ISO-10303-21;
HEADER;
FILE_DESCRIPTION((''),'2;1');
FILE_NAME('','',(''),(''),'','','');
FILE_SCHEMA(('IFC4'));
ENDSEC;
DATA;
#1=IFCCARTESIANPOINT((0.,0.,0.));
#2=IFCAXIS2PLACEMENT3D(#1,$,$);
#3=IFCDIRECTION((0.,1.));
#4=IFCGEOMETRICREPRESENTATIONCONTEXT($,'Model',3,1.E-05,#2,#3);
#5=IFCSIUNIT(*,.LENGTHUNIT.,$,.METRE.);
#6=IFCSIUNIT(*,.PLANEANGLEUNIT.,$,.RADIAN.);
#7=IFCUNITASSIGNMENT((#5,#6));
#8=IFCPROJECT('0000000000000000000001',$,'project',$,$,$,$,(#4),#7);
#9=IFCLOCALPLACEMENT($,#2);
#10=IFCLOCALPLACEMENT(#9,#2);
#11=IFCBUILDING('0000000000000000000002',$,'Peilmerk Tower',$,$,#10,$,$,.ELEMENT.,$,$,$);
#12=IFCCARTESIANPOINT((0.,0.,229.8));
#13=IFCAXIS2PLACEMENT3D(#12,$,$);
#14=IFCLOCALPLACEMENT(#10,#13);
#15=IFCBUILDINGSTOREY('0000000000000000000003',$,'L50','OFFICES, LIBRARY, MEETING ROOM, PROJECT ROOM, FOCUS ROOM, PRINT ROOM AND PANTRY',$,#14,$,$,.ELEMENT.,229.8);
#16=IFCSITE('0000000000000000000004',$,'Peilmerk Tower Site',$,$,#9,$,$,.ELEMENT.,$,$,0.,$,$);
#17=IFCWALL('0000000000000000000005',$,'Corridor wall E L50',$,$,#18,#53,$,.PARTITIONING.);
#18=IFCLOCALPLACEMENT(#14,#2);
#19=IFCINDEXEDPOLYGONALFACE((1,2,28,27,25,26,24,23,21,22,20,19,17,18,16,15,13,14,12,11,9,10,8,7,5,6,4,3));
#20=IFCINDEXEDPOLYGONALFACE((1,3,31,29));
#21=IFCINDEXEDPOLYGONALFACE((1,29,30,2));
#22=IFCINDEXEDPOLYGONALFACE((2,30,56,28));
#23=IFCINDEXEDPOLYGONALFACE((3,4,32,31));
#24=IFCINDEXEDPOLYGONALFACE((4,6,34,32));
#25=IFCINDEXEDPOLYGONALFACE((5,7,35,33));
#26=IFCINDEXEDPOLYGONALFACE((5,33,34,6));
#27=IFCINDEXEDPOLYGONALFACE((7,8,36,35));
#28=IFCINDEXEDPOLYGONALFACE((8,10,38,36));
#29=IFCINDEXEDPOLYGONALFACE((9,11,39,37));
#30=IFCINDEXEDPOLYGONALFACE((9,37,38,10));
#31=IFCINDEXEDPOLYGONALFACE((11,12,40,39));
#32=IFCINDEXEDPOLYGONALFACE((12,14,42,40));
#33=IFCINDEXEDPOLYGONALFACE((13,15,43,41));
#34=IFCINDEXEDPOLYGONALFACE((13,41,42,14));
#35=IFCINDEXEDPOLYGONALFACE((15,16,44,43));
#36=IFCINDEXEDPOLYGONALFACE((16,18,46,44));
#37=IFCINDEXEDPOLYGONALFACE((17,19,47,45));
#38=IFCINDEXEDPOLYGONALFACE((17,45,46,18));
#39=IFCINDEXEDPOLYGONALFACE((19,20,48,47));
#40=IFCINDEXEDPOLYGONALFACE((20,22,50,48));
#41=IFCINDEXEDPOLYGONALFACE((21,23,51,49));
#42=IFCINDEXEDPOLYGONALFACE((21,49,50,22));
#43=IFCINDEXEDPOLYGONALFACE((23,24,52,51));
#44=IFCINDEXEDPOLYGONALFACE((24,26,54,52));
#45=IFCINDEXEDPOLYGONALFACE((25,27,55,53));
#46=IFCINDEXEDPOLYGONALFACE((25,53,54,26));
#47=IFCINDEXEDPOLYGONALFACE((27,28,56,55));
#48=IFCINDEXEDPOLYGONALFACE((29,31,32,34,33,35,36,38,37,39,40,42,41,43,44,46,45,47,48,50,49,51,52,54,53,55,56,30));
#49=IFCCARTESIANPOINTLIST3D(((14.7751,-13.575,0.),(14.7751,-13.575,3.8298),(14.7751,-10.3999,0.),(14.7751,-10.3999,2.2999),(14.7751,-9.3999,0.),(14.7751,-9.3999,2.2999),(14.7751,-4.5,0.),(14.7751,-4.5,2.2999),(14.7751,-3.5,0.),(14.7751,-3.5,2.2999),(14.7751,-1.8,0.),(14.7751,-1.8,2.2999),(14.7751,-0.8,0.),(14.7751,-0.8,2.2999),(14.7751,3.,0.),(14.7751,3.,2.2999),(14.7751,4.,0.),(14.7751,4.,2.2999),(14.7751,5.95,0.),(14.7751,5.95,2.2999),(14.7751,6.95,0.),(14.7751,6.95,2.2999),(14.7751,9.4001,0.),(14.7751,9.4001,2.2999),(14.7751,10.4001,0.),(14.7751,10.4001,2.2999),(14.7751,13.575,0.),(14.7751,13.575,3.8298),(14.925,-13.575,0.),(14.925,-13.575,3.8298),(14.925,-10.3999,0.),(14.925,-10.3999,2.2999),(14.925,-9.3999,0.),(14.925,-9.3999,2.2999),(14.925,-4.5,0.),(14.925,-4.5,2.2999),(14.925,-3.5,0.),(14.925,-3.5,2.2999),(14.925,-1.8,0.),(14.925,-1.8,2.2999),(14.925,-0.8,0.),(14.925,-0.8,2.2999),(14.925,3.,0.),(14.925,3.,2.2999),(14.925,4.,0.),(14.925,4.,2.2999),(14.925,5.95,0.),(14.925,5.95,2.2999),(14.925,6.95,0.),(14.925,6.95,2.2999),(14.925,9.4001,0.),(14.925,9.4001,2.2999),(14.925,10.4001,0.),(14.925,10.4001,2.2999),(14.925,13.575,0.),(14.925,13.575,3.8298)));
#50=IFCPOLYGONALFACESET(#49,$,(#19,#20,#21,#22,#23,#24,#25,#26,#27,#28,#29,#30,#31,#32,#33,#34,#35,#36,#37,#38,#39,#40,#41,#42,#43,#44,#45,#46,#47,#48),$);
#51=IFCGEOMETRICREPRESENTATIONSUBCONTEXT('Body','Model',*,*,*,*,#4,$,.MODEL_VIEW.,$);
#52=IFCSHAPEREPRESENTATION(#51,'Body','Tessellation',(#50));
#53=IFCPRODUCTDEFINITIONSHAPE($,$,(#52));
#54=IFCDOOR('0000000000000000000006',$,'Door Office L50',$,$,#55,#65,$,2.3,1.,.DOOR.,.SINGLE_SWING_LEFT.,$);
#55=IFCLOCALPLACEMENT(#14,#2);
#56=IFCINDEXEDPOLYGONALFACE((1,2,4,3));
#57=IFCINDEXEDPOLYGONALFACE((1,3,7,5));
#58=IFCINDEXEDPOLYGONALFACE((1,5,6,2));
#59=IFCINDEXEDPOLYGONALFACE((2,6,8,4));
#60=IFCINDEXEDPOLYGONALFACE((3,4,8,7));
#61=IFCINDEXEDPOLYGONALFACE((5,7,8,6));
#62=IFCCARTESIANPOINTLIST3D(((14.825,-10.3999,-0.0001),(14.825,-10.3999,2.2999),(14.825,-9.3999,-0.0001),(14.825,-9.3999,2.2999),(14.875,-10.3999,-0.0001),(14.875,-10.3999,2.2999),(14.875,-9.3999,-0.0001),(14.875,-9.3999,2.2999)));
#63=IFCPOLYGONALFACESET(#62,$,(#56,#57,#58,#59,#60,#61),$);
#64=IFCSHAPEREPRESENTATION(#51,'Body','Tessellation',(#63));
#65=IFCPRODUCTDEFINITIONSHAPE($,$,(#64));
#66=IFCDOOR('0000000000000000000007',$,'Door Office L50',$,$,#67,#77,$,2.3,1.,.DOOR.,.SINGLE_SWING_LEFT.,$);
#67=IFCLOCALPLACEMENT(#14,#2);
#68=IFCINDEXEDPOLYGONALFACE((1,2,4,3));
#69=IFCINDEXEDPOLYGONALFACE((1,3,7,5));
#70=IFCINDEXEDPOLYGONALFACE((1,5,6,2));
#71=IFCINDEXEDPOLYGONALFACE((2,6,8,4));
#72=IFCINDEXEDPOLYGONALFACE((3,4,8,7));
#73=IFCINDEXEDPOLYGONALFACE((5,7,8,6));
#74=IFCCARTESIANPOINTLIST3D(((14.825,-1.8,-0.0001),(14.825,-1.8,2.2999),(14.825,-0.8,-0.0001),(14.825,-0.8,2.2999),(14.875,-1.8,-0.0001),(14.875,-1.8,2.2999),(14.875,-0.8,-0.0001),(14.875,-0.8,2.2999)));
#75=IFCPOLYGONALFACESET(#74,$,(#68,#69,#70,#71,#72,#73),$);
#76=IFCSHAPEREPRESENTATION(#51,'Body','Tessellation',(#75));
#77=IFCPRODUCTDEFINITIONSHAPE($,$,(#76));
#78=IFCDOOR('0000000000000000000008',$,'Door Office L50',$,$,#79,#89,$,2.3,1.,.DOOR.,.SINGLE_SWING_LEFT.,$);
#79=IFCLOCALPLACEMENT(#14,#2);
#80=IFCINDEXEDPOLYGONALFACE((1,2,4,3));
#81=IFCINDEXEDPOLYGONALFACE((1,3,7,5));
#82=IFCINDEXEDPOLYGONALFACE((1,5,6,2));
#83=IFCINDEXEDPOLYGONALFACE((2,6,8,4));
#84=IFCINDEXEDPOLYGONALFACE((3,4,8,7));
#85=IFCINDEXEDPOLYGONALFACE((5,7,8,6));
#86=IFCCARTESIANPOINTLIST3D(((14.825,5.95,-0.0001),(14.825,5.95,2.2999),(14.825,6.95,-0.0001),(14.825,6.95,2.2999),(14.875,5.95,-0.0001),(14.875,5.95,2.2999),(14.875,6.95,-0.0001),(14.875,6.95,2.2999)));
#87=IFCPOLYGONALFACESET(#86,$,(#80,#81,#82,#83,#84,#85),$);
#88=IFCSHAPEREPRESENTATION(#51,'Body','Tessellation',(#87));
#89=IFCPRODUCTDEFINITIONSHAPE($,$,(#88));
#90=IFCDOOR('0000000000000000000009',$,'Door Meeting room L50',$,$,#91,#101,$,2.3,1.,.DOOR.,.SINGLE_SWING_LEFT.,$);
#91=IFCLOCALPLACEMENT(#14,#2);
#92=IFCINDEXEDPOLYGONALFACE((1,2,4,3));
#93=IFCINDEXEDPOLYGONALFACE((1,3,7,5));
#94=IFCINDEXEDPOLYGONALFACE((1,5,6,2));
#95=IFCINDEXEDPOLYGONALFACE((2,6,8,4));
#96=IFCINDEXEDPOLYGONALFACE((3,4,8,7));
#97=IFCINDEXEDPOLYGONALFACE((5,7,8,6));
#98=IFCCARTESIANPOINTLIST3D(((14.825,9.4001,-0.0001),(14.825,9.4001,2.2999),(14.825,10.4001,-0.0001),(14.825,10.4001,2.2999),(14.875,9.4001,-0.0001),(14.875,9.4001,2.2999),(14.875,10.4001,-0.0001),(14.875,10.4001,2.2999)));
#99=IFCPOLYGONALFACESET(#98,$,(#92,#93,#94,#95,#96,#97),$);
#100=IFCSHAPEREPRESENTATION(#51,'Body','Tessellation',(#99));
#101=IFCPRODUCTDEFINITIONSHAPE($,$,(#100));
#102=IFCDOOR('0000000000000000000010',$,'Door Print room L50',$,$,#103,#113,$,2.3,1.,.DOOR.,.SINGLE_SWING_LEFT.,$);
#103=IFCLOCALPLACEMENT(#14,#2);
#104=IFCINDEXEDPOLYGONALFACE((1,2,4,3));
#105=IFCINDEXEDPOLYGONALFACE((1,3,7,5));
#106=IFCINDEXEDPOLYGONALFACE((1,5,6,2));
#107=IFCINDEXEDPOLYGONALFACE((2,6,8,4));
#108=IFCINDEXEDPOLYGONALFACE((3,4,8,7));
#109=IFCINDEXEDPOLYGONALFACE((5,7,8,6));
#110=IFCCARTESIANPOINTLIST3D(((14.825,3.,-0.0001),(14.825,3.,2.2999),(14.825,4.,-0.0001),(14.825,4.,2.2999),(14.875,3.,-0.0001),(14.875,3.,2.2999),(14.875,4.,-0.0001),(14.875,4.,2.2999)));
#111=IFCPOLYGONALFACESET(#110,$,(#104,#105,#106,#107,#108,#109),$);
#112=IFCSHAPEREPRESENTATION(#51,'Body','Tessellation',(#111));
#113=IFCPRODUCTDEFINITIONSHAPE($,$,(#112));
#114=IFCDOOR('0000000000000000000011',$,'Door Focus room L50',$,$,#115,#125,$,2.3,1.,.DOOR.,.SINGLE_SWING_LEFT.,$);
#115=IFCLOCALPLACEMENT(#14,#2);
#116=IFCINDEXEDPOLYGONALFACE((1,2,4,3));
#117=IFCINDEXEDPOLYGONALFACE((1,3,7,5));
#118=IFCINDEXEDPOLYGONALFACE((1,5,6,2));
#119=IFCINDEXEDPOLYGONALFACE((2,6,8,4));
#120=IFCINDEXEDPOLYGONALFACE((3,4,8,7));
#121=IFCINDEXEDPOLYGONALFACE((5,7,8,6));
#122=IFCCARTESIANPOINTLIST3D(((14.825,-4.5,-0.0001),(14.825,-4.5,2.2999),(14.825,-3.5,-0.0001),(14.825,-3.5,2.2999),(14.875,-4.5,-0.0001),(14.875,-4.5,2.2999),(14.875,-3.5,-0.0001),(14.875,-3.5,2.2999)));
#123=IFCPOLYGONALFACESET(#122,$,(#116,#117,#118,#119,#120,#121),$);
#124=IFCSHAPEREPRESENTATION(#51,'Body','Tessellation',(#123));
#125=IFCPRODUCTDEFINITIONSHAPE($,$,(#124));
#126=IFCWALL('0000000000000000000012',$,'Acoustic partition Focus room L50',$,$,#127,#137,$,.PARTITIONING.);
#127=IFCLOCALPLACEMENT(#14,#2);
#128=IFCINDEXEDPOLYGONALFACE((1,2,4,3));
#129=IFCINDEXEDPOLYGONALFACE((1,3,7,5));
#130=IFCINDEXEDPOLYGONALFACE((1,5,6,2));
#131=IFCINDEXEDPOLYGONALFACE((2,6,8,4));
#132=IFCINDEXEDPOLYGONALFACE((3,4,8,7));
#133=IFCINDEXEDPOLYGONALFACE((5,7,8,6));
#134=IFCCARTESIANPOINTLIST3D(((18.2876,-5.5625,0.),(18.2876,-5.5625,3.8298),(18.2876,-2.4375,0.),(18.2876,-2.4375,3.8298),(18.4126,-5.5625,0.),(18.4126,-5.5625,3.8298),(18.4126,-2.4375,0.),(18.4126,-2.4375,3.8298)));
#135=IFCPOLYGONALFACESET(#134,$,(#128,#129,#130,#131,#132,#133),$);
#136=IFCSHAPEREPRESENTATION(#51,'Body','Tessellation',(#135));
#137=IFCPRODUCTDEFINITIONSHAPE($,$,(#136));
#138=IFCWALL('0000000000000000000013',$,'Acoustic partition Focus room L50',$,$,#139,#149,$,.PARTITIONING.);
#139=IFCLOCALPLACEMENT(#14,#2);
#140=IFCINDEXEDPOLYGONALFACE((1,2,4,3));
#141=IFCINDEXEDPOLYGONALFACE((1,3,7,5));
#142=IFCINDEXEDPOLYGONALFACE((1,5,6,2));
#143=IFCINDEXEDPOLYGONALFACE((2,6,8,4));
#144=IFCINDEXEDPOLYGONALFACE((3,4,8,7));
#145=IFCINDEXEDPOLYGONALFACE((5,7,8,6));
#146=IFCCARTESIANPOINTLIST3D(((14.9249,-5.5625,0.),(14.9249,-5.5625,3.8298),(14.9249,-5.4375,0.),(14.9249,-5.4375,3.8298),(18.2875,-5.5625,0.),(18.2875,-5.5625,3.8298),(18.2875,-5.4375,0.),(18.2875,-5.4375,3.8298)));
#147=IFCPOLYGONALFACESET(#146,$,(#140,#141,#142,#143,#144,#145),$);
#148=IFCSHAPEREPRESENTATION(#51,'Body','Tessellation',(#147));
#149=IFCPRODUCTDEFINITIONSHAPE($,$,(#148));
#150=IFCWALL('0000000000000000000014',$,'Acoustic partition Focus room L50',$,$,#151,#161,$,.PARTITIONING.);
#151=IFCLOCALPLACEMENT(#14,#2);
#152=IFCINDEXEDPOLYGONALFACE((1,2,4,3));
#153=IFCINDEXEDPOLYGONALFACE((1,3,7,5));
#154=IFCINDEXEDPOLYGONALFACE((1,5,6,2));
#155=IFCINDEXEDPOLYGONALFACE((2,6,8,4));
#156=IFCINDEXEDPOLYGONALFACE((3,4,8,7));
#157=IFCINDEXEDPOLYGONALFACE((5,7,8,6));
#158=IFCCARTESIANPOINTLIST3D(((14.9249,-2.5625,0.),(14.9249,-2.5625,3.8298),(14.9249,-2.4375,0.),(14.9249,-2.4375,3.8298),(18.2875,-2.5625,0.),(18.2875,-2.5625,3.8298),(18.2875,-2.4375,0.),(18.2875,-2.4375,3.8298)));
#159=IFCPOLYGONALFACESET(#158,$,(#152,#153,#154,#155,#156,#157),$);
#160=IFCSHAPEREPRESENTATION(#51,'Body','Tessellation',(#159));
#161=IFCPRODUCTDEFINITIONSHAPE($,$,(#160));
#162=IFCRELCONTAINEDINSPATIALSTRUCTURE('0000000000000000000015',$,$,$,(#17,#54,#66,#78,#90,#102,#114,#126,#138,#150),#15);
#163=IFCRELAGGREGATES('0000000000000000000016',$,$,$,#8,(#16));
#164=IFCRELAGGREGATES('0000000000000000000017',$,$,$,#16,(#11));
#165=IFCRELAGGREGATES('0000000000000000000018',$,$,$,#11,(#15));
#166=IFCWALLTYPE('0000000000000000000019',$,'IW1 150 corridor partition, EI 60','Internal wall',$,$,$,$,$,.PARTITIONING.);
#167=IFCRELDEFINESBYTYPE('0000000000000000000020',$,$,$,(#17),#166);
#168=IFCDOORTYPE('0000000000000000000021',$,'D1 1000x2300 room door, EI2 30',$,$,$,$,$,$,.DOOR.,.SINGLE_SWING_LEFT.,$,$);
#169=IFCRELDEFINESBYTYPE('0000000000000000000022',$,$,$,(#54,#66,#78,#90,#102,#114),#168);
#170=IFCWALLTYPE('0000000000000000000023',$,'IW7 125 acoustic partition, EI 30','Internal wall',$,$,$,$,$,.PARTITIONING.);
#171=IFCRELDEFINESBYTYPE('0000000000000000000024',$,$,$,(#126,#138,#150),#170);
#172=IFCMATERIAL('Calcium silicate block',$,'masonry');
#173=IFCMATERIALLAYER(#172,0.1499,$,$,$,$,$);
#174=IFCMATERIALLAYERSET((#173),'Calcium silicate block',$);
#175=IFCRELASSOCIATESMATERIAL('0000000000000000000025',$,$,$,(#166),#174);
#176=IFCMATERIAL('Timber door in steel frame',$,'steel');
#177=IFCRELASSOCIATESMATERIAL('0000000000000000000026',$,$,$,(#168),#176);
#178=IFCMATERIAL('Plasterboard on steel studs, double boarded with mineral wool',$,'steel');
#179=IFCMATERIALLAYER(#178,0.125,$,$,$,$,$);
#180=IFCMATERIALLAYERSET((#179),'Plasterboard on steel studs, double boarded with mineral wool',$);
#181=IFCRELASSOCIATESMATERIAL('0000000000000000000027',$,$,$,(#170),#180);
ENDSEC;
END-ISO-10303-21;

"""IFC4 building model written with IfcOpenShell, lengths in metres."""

from ifc_helpers import new_model, si_unit, direction, frame, frame_2d, origin, place, context, subcontext, project, spatial, rectangle, extrude, material, layer, layer_set, type_object, element, fill, save


model = new_model("IFC4")

# Units and contexts
model_context = context("Model", 3, precision=1e-05, world=origin(), true_north=direction((0.0, 1.0)))
body_context = subcontext(model_context, "Body", "Model", "MODEL_VIEW")
ifc_project = project(units=[si_unit("LENGTHUNIT", "METRE"), si_unit("PLANEANGLEUNIT", "RADIAN")], contexts=[model_context])

# Site, building, storey
site_placement = place(None, origin())
site = spatial("IfcSite", under=ifc_project, at=site_placement, Name="Peilmerk Tower Site", CompositionType="ELEMENT", RefElevation=0.0)
building_placement = place(site_placement, origin())
building = spatial("IfcBuilding", under=site, at=building_placement, Name="Peilmerk Tower", CompositionType="ELEMENT")
storey_placement = place(building_placement, frame((0.0, 0.0, 229.8)))
storey = spatial("IfcBuildingStorey", under=building, at=storey_placement, Name="L50", Description="OFFICES, LIBRARY, MEETING ROOM, PROJECT ROOM, FOCUS ROOM, PRINT ROOM AND PANTRY", CompositionType="ELEMENT", Elevation=229.8)

# Wall, openings, doors
ifc_material_1 = material(Name="Calcium silicate block", Category="masonry")
ifc_layer_1 = layer(ifc_material_1, 0.1499)
ifc_layer_set_1 = layer_set([ifc_layer_1], Name="Calcium silicate block")
wall_type_1 = type_object("IfcWallType", Name="IW1 150 corridor partition, EI 60", Description="Internal wall", PredefinedType="PARTITIONING", material=ifc_layer_set_1)
wall_1_placement = place(storey_placement, frame((14.8501, -13.575, 0.0), z_axis=(0.0, 0.0, 1.0), x_axis=(0.0, 1.0, 0.0)))
wall_1 = element("IfcWall", 1, at=wall_1_placement, inside=storey, type_object=wall_type_1, Name="Corridor wall E L50", PredefinedType="PARTITIONING", context=body_context, shape_type="SweptSolid", body=[
    extrude(rectangle(XDim=27.1499, YDim=0.1499, at=frame_2d((13.575, 0.0))), origin(), (0.0, 0.0, 1.0), 3.8298),
])
opening_1_placement = place(wall_1_placement, frame((3.175, 0.0, 0.0)))
opening_1 = element("IfcOpeningElement", 2, at=opening_1_placement, cuts=wall_1, PredefinedType="OPENING", context=body_context, shape_type="SweptSolid", body=[
    extrude(rectangle(XDim=1.0, YDim=2.3, at=frame_2d((0.5, 1.1499))), frame((0.0, 0.085, 0.0), z_axis=(0.0, -1.0, 0.0), x_axis=(1.0, 0.0, 0.0)), (0.0, 0.0, 1.0), 0.1699),
])
opening_2_placement = place(wall_1_placement, frame((11.7749, 0.0, 0.0)))
opening_2 = element("IfcOpeningElement", 3, at=opening_2_placement, cuts=wall_1, PredefinedType="OPENING", context=body_context, shape_type="SweptSolid", body=[
    extrude(rectangle(XDim=1.0, YDim=2.3, at=frame_2d((0.5, 1.1499))), frame((0.0, 0.085, 0.0), z_axis=(0.0, -1.0, 0.0), x_axis=(1.0, 0.0, 0.0)), (0.0, 0.0, 1.0), 0.1699),
])
opening_3_placement = place(wall_1_placement, frame((19.5249, 0.0, 0.0)))
opening_3 = element("IfcOpeningElement", 4, at=opening_3_placement, cuts=wall_1, PredefinedType="OPENING", context=body_context, shape_type="SweptSolid", body=[
    extrude(rectangle(XDim=1.0, YDim=2.3, at=frame_2d((0.5, 1.1499))), frame((0.0, 0.085, 0.0), z_axis=(0.0, -1.0, 0.0), x_axis=(1.0, 0.0, 0.0)), (0.0, 0.0, 1.0), 0.1699),
])
opening_4_placement = place(wall_1_placement, frame((22.9751, 0.0, 0.0)))
opening_4 = element("IfcOpeningElement", 5, at=opening_4_placement, cuts=wall_1, PredefinedType="OPENING", context=body_context, shape_type="SweptSolid", body=[
    extrude(rectangle(XDim=1.0, YDim=2.3, at=frame_2d((0.5, 1.1499))), frame((0.0, 0.085, 0.0), z_axis=(0.0, -1.0, 0.0), x_axis=(1.0, 0.0, 0.0)), (0.0, 0.0, 1.0), 0.1699),
])
opening_5_placement = place(wall_1_placement, frame((16.575, 0.0, 0.0)))
opening_5 = element("IfcOpeningElement", 6, at=opening_5_placement, cuts=wall_1, PredefinedType="OPENING", context=body_context, shape_type="SweptSolid", body=[
    extrude(rectangle(XDim=1.0, YDim=2.3, at=frame_2d((0.5, 1.1499))), frame((0.0, 0.085, 0.0), z_axis=(0.0, -1.0, 0.0), x_axis=(1.0, 0.0, 0.0)), (0.0, 0.0, 1.0), 0.1699),
])
opening_6_placement = place(wall_1_placement, frame((9.075, 0.0, 0.0)))
opening_6 = element("IfcOpeningElement", 7, at=opening_6_placement, cuts=wall_1, PredefinedType="OPENING", context=body_context, shape_type="SweptSolid", body=[
    extrude(rectangle(XDim=1.0, YDim=2.3, at=frame_2d((0.5, 1.1499))), frame((0.0, 0.085, 0.0), z_axis=(0.0, -1.0, 0.0), x_axis=(1.0, 0.0, 0.0)), (0.0, 0.0, 1.0), 0.1699),
])
ifc_material_2 = material(Name="Timber door in steel frame", Category="steel")
door_type = type_object("IfcDoorType", Name="D1 1000x2300 room door, EI2 30", OperationType="SINGLE_SWING_LEFT", PredefinedType="DOOR", material=ifc_material_2)
door_1_placement = place(opening_1_placement, frame((1.0, 0.0, 0.0), z_axis=(0.0, 0.0, 1.0), x_axis=(-1.0, 0.0, 0.0)))
door_1 = element("IfcDoor", 8, at=door_1_placement, inside=storey, type_object=door_type, Name="Door Office L50", OperationType="SINGLE_SWING_LEFT", OverallHeight=2.3, OverallWidth=1.0, PredefinedType="DOOR", context=body_context, shape_type="SweptSolid", body=[
    extrude(rectangle(XDim=1.0, YDim=2.3, at=frame_2d((0.5, 1.1499))), frame((0.0, 0.0249, 0.0), z_axis=(0.0, -1.0, 0.0), x_axis=(1.0, 0.0, 0.0)), (0.0, 0.0, 1.0), 0.05),
])
fill(opening_1, door_1)
door_2_placement = place(opening_2_placement, frame((1.0, 0.0, 0.0), z_axis=(0.0, 0.0, 1.0), x_axis=(-1.0, 0.0, 0.0)))
door_2 = element("IfcDoor", 9, at=door_2_placement, inside=storey, type_object=door_type, Name="Door Office L50", OperationType="SINGLE_SWING_LEFT", OverallHeight=2.3, OverallWidth=1.0, PredefinedType="DOOR", context=body_context, shape_type="SweptSolid", body=[
    extrude(rectangle(XDim=1.0, YDim=2.3, at=frame_2d((0.5, 1.1499))), frame((0.0, 0.0249, 0.0), z_axis=(0.0, -1.0, 0.0), x_axis=(1.0, 0.0, 0.0)), (0.0, 0.0, 1.0), 0.05),
])
fill(opening_2, door_2)
door_3_placement = place(opening_3_placement, frame((1.0, 0.0, 0.0), z_axis=(0.0, 0.0, 1.0), x_axis=(-1.0, 0.0, 0.0)))
door_3 = element("IfcDoor", 10, at=door_3_placement, inside=storey, type_object=door_type, Name="Door Office L50", OperationType="SINGLE_SWING_LEFT", OverallHeight=2.3, OverallWidth=1.0, PredefinedType="DOOR", context=body_context, shape_type="SweptSolid", body=[
    extrude(rectangle(XDim=1.0, YDim=2.3, at=frame_2d((0.5, 1.1499))), frame((0.0, 0.0249, 0.0), z_axis=(0.0, -1.0, 0.0), x_axis=(1.0, 0.0, 0.0)), (0.0, 0.0, 1.0), 0.05),
])
fill(opening_3, door_3)
door_4_placement = place(opening_4_placement, frame((1.0, 0.0, 0.0), z_axis=(0.0, 0.0, 1.0), x_axis=(-1.0, 0.0, 0.0)))
door_4 = element("IfcDoor", 11, at=door_4_placement, inside=storey, type_object=door_type, Name="Door Meeting room L50", OperationType="SINGLE_SWING_LEFT", OverallHeight=2.3, OverallWidth=1.0, PredefinedType="DOOR", context=body_context, shape_type="SweptSolid", body=[
    extrude(rectangle(XDim=1.0, YDim=2.3, at=frame_2d((0.5, 1.1499))), frame((0.0, 0.0249, 0.0), z_axis=(0.0, -1.0, 0.0), x_axis=(1.0, 0.0, 0.0)), (0.0, 0.0, 1.0), 0.05),
])
fill(opening_4, door_4)
door_5_placement = place(opening_5_placement, frame((1.0, 0.0, 0.0), z_axis=(0.0, 0.0, 1.0), x_axis=(-1.0, 0.0, 0.0)))
door_5 = element("IfcDoor", 12, at=door_5_placement, inside=storey, type_object=door_type, Name="Door Print room L50", OperationType="SINGLE_SWING_LEFT", OverallHeight=2.3, OverallWidth=1.0, PredefinedType="DOOR", context=body_context, shape_type="SweptSolid", body=[
    extrude(rectangle(XDim=1.0, YDim=2.3, at=frame_2d((0.5, 1.1499))), frame((0.0, 0.0249, 0.0), z_axis=(0.0, -1.0, 0.0), x_axis=(1.0, 0.0, 0.0)), (0.0, 0.0, 1.0), 0.05),
])
fill(opening_5, door_5)
door_6_placement = place(opening_6_placement, frame((1.0, 0.0, 0.0), z_axis=(0.0, 0.0, 1.0), x_axis=(-1.0, 0.0, 0.0)))
door_6 = element("IfcDoor", 13, at=door_6_placement, inside=storey, type_object=door_type, Name="Door Focus room L50", OperationType="SINGLE_SWING_LEFT", OverallHeight=2.3, OverallWidth=1.0, PredefinedType="DOOR", context=body_context, shape_type="SweptSolid", body=[
    extrude(rectangle(XDim=1.0, YDim=2.3, at=frame_2d((0.5, 1.1499))), frame((0.0, 0.0249, 0.0), z_axis=(0.0, -1.0, 0.0), x_axis=(1.0, 0.0, 0.0)), (0.0, 0.0, 1.0), 0.05),
])
fill(opening_6, door_6)

# Walls
ifc_material_3 = material(Name="Plasterboard on steel studs, double boarded with mineral wool", Category="steel")
ifc_layer_2 = layer(ifc_material_3, 0.125)
ifc_layer_set_2 = layer_set([ifc_layer_2], Name="Plasterboard on steel studs, double boarded with mineral wool")
wall_type_2 = type_object("IfcWallType", Name="IW7 125 acoustic partition, EI 30", Description="Internal wall", PredefinedType="PARTITIONING", material=ifc_layer_set_2)
wall_2_placement = place(storey_placement, frame((18.3501, -5.5625, 0.0), z_axis=(0.0, 0.0, 1.0), x_axis=(0.0, 1.0, 0.0)))
element("IfcWall", 14, at=wall_2_placement, inside=storey, type_object=wall_type_2, Name="Acoustic partition Focus room L50", PredefinedType="PARTITIONING", context=body_context, shape_type="SweptSolid", body=[
    extrude(rectangle(XDim=3.125, YDim=0.125, at=frame_2d((1.5625, 0.0))), origin(), (0.0, 0.0, 1.0), 3.8298),
])
for number, where, z_axis, x_axis, name in (
    (15, (14.925, -5.5, 0.0), (0.0, 0.0, 1.0), (1.0, 0.0, 0.0), "Acoustic partition Focus room L50"),
    (16, (14.925, -2.5, 0.0), (0.0, 0.0, 1.0), (1.0, 0.0, 0.0), "Acoustic partition Focus room L50"),
):
    element("IfcWall", number, at=place(storey_placement, frame(where, z_axis=z_axis, x_axis=x_axis)), inside=storey, type_object=wall_type_2, Name=name, PredefinedType="PARTITIONING", context=body_context, shape_type="SweptSolid", body=[
        extrude(rectangle(XDim=3.3625, YDim=0.125, at=frame_2d((1.6812, 0.0))), origin(), (0.0, 0.0, 1.0), 3.8298),
    ])

save(model, "model.ifc")
